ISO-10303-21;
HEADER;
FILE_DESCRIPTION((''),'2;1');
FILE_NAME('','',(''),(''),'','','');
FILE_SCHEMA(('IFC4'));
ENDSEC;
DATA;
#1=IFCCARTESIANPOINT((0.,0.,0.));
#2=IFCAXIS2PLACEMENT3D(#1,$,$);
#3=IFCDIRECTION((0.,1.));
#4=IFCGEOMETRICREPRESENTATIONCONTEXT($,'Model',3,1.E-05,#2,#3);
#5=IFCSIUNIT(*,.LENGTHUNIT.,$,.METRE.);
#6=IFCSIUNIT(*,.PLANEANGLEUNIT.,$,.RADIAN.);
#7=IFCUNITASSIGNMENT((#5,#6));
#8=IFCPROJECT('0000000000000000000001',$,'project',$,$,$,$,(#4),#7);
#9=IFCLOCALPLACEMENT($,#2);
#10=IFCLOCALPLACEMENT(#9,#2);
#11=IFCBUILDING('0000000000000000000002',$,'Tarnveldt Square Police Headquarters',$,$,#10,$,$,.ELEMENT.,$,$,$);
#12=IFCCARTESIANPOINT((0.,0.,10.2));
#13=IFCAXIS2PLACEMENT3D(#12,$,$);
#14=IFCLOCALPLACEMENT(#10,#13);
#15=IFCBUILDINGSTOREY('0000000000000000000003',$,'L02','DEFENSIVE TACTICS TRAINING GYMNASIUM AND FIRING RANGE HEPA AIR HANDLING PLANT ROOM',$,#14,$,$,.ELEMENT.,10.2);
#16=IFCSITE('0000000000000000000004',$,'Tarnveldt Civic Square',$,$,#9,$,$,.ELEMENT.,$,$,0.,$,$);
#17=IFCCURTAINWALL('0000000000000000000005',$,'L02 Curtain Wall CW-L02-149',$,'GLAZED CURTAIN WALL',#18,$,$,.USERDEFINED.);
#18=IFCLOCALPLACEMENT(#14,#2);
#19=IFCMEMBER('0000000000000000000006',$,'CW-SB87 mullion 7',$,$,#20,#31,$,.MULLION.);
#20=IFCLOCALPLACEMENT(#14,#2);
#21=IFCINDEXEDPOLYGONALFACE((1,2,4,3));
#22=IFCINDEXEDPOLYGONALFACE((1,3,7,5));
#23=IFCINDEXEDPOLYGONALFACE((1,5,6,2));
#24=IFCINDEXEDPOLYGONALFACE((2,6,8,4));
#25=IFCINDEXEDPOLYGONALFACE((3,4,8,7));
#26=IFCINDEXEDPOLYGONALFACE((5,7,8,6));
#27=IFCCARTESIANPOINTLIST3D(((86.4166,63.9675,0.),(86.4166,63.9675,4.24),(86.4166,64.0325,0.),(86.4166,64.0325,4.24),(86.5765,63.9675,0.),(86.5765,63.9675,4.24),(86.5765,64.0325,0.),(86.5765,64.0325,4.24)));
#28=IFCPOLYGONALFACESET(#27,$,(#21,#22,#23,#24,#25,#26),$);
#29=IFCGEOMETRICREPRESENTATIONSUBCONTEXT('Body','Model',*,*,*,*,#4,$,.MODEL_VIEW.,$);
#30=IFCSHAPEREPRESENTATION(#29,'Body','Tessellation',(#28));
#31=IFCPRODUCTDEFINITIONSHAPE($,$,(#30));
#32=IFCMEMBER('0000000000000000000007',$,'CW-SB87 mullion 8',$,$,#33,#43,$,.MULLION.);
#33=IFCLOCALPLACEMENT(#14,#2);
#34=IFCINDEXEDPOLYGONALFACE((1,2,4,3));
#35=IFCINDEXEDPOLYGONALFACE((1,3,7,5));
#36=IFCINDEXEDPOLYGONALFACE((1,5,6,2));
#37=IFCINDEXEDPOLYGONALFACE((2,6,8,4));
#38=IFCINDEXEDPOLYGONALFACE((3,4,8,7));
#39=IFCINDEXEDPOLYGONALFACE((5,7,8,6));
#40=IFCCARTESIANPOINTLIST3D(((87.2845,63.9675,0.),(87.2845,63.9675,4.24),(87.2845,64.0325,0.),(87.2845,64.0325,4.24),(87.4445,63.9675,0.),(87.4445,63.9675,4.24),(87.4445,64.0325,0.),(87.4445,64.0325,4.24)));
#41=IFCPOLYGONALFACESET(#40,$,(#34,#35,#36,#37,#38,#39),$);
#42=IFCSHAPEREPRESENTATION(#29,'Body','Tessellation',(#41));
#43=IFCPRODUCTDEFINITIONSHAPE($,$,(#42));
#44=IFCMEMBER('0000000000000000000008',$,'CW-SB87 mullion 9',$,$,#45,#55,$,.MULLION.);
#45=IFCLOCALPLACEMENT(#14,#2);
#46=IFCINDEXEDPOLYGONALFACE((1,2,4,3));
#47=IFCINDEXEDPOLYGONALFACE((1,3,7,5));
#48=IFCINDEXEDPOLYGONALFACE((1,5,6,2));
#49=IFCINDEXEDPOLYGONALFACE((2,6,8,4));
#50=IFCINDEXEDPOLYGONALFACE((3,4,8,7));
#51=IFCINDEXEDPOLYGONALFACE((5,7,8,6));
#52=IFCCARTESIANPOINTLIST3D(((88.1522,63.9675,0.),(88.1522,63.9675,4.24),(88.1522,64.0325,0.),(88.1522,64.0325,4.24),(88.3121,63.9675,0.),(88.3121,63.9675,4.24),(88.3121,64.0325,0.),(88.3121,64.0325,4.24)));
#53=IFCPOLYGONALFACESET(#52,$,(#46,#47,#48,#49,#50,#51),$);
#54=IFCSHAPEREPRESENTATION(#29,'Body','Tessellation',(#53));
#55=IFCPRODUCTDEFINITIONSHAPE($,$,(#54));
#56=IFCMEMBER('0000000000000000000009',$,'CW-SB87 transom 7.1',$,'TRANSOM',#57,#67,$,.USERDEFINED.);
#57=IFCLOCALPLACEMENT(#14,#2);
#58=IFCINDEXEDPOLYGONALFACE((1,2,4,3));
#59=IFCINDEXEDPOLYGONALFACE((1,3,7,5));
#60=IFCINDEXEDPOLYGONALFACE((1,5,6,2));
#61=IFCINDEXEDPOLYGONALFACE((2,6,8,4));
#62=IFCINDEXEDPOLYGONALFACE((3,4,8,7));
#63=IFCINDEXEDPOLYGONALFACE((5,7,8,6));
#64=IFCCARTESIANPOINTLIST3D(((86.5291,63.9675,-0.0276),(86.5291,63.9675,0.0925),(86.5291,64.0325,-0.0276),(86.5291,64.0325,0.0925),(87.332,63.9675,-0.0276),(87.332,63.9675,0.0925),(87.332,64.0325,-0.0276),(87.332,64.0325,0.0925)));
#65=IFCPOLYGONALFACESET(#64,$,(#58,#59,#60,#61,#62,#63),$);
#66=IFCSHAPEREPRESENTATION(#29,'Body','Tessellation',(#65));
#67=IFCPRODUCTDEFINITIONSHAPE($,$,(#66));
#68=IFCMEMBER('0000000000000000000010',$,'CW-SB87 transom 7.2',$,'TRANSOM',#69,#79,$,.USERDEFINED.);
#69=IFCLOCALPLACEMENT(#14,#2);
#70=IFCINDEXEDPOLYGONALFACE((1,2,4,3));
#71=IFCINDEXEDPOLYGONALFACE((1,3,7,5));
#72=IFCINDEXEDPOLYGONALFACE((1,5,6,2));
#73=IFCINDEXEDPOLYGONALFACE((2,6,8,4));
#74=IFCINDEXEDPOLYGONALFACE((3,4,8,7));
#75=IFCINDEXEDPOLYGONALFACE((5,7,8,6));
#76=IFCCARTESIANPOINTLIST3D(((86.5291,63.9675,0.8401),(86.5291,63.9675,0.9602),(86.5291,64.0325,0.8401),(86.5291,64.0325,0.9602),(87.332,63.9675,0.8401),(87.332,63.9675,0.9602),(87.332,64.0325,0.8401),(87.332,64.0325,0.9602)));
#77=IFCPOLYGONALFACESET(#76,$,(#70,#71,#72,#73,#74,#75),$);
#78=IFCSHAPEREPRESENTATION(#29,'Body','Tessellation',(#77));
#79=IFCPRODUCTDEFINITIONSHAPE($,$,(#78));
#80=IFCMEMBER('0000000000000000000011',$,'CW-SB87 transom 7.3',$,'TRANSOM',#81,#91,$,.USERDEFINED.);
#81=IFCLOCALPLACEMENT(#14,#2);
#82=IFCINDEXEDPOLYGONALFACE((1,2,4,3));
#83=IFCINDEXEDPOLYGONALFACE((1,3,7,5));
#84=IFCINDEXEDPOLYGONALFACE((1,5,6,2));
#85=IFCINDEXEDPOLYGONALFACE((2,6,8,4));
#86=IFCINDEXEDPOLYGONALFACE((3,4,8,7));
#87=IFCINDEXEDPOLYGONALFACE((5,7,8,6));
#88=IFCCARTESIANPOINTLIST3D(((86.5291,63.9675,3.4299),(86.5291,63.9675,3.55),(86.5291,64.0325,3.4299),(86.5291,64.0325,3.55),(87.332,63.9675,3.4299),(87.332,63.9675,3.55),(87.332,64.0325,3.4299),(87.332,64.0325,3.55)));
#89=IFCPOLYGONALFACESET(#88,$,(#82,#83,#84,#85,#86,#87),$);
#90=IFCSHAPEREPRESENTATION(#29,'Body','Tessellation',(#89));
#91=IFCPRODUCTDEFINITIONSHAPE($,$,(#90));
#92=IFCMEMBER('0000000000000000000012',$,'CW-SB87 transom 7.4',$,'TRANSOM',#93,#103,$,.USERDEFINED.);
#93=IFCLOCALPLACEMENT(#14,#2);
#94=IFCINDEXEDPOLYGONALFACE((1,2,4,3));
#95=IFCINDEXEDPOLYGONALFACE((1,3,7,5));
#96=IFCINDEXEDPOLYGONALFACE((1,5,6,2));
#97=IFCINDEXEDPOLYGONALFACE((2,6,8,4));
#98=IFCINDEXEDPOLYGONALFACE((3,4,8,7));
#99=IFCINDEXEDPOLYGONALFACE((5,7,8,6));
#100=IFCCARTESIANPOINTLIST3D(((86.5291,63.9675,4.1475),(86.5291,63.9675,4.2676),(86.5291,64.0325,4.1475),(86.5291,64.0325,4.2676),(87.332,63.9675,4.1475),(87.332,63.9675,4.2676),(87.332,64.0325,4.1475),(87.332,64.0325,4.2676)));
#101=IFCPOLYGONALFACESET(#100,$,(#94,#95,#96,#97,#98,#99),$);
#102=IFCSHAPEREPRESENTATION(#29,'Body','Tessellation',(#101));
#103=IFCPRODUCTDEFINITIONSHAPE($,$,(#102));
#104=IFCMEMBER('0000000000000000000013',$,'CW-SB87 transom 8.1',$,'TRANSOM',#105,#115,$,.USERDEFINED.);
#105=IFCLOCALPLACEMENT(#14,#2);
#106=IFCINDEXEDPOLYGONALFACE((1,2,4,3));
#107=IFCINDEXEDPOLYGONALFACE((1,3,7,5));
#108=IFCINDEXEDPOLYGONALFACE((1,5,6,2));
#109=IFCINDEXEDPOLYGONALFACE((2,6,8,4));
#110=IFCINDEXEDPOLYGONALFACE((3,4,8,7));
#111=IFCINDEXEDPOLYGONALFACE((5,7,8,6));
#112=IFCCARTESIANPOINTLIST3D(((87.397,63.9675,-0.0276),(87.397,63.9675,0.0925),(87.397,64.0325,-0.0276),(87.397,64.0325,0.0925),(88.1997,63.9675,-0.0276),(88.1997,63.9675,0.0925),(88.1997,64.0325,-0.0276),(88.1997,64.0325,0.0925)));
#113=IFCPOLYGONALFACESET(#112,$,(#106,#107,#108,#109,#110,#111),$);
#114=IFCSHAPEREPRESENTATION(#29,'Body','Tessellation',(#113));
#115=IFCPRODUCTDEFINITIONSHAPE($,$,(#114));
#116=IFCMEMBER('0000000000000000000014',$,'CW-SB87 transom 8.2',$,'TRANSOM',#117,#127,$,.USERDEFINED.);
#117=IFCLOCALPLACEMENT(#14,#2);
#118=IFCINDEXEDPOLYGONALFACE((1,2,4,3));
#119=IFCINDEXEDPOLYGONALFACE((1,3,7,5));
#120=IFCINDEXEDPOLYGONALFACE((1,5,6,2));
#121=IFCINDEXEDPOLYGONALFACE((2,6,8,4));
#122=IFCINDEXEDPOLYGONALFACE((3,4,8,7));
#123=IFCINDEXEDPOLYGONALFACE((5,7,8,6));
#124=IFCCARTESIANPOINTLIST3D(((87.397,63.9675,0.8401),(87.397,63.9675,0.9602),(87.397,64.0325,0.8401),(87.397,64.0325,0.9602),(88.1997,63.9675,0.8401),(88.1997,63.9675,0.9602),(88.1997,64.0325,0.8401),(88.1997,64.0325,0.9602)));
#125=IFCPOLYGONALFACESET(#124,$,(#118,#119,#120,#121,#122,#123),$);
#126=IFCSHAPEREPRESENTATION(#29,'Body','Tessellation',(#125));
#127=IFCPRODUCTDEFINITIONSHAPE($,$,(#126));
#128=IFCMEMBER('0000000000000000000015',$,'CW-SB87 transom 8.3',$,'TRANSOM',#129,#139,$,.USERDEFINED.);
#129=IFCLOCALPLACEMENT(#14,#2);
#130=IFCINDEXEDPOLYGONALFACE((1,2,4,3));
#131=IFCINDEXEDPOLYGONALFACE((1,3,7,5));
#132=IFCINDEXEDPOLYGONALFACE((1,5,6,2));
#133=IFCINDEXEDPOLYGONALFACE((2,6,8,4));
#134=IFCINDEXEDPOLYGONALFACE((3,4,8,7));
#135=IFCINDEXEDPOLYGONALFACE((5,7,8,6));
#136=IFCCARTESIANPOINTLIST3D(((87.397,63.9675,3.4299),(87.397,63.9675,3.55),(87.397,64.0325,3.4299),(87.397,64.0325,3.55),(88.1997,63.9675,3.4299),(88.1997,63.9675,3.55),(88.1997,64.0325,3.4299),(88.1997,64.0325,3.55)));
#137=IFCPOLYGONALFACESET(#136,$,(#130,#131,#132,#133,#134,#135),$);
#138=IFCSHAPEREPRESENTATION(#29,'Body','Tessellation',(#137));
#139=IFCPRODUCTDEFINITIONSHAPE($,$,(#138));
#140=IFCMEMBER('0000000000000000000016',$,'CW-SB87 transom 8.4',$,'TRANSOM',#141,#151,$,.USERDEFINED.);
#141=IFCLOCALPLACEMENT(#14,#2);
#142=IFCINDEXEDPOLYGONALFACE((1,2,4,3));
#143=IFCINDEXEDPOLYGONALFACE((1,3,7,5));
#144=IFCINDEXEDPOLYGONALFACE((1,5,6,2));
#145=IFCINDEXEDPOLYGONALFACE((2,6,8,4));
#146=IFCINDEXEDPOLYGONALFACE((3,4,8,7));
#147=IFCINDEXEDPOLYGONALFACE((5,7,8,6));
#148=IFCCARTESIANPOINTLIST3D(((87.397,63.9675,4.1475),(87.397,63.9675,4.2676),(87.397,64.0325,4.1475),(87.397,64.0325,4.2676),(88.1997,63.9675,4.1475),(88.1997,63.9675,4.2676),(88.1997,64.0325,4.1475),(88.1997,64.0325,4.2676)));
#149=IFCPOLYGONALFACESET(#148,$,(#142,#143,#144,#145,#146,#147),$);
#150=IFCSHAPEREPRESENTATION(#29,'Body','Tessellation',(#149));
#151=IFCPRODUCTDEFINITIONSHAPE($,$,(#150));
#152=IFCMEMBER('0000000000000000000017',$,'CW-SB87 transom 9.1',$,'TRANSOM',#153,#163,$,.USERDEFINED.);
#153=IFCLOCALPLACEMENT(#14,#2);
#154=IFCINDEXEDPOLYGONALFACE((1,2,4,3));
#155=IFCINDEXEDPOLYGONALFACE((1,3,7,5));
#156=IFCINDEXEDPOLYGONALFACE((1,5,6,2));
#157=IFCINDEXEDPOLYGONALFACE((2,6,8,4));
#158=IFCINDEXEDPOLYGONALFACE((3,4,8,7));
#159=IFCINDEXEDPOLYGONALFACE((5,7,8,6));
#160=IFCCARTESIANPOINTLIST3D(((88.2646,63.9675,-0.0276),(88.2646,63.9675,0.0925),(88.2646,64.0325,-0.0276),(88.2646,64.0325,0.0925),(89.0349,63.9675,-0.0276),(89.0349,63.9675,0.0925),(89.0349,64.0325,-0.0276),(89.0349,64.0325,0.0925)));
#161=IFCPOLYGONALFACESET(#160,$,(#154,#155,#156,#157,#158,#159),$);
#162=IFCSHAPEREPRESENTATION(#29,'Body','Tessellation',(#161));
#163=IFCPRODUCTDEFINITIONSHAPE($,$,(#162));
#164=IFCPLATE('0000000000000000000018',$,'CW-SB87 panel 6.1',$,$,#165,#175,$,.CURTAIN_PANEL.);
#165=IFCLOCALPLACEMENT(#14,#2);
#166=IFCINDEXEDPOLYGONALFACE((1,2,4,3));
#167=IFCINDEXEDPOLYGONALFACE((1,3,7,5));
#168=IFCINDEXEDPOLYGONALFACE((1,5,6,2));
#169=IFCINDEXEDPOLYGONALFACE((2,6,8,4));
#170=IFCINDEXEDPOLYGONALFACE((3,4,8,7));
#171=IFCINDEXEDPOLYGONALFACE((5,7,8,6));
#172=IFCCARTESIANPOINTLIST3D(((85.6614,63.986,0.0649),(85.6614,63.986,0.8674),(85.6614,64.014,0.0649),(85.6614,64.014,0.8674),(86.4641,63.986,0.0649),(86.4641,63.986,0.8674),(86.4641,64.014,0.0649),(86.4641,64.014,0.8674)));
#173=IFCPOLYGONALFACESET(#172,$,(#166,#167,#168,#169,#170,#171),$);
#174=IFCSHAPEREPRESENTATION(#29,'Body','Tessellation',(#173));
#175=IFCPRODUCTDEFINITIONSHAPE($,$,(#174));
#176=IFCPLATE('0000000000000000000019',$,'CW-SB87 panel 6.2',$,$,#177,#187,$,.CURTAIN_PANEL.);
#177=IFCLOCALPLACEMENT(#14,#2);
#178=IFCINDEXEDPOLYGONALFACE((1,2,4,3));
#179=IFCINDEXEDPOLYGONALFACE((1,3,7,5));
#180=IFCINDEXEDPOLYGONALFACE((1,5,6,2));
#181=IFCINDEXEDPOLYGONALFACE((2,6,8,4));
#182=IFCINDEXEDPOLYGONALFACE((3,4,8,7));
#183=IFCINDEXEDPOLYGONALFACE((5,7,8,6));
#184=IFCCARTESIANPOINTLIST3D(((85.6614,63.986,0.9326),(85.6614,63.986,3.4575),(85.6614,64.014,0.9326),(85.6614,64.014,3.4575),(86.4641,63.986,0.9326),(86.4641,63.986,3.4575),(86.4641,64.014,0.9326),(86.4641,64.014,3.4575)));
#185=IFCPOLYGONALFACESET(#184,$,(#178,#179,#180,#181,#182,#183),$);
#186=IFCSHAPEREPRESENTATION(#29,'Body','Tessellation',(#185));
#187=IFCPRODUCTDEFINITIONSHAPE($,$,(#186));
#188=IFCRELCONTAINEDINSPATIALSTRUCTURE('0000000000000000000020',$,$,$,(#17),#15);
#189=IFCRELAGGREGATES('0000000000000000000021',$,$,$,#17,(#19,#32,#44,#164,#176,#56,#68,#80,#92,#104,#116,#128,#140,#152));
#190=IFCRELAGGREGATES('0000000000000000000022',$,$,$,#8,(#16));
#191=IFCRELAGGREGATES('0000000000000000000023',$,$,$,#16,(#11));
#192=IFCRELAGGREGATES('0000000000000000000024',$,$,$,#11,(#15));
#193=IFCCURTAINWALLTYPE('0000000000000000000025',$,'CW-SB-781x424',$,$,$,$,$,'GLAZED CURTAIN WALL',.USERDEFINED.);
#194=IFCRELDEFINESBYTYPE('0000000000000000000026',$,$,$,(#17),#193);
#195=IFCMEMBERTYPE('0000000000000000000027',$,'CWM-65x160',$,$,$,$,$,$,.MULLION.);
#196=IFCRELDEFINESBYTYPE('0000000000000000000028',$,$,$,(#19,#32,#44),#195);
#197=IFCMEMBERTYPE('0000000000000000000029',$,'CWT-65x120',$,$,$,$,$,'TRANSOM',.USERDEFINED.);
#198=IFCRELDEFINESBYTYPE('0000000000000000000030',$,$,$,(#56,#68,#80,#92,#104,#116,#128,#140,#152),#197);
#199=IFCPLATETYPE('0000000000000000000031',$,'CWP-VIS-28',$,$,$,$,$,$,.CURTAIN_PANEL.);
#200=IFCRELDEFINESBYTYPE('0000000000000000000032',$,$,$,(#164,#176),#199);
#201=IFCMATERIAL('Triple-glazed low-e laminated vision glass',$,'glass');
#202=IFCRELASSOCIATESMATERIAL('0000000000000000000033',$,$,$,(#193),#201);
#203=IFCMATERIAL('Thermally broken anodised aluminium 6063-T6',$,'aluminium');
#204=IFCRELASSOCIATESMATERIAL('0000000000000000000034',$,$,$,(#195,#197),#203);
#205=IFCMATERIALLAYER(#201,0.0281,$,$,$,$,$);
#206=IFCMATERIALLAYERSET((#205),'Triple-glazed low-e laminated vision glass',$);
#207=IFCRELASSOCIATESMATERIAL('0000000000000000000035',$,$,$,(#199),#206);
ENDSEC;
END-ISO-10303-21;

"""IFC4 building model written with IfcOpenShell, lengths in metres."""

from ifc_helpers import new_model, si_unit, direction, frame, origin, origin_2d, place, context, subcontext, project, spatial, rectangle, extrude, material, layer, layer_set, material_profile, profile_set, type_object, element, aggregate, save


model = new_model("IFC4")

# Units and contexts
model_context = context("Model", 3, precision=1e-05, world=origin(), true_north=direction((0.0, 1.0)))
body_context = subcontext(model_context, "Body", "Model", "MODEL_VIEW")
ifc_project = project(units=[si_unit("LENGTHUNIT", "METRE"), si_unit("PLANEANGLEUNIT", "RADIAN")], contexts=[model_context])

# Site, building, storey
site_placement = place(None, origin())
site = spatial("IfcSite", under=ifc_project, at=site_placement, Name="Tarnveldt Civic Square", CompositionType="ELEMENT", RefElevation=0.0)
building_placement = place(site_placement, origin())
building = spatial("IfcBuilding", under=site, at=building_placement, Name="Tarnveldt Square Police Headquarters", CompositionType="ELEMENT")
storey_placement = place(building_placement, frame((0.0, 0.0, 10.2)))
storey = spatial("IfcBuildingStorey", under=building, at=storey_placement, Name="L02", Description="DEFENSIVE TACTICS TRAINING GYMNASIUM AND FIRING RANGE HEPA AIR HANDLING PLANT ROOM", CompositionType="ELEMENT", Elevation=10.2)

# Curtain wall, members, plates
ifc_material_1 = material(Name="Triple-glazed low-e laminated vision glass", Category="glass")
curtain_wall_type = type_object("IfcCurtainWallType", Name="CW-SB-781x424", ElementType="GLAZED CURTAIN WALL", PredefinedType="USERDEFINED", material=ifc_material_1)
curtain_wall_placement = place(storey_placement, origin())
curtain_wall = element("IfcCurtainWall", 1, at=curtain_wall_placement, inside=storey, type_object=curtain_wall_type, Name="L02 Curtain Wall CW-L02-149", ObjectType="GLAZED CURTAIN WALL", PredefinedType="USERDEFINED")
ifc_material_2 = material(Name="Thermally broken anodised aluminium 6063-T6", Category="aluminium")
ifc_material_profile_1 = material_profile(ifc_material_2, rectangle(XDim=0.0649, YDim=0.1599, at=origin_2d()), Name="CW-M65x160")
ifc_profile_set_1 = profile_set([ifc_material_profile_1], Name="Thermally broken anodised aluminium 6063-T6")
member_type_1 = type_object("IfcMemberType", Name="CWM-65x160", PredefinedType="MULLION", material=ifc_profile_set_1)
member_1_placement = place(storey_placement, frame((86.4966, 64.0, 0.0), z_axis=(0.0, 0.0, 1.0), x_axis=(0.0, 1.0, 0.0)))
member_1 = element("IfcMember", 2, at=member_1_placement, type_object=member_type_1, Name="CW-SB87 mullion 7", PredefinedType="MULLION", context=body_context, shape_type="SweptSolid", body=[
    extrude(rectangle(XDim=0.0649, YDim=0.1599, at=origin_2d()), origin(), (0.0, 0.0, 1.0), 4.24),
])
member_2_placement = place(storey_placement, frame((87.3645, 64.0, 0.0), z_axis=(0.0, 0.0, 1.0), x_axis=(0.0, 1.0, 0.0)))
member_2 = element("IfcMember", 3, at=member_2_placement, type_object=member_type_1, Name="CW-SB87 mullion 8", PredefinedType="MULLION", context=body_context, shape_type="SweptSolid", body=[
    extrude(rectangle(XDim=0.0649, YDim=0.1599, at=origin_2d()), origin(), (0.0, 0.0, 1.0), 4.24),
])
member_3_placement = place(storey_placement, frame((88.2322, 64.0, 0.0), z_axis=(0.0, 0.0, 1.0), x_axis=(0.0, 1.0, 0.0)))
member_3 = element("IfcMember", 4, at=member_3_placement, type_object=member_type_1, Name="CW-SB87 mullion 9", PredefinedType="MULLION", context=body_context, shape_type="SweptSolid", body=[
    extrude(rectangle(XDim=0.0649, YDim=0.1599, at=origin_2d()), origin(), (0.0, 0.0, 1.0), 4.24),
])
ifc_material_profile_2 = material_profile(ifc_material_2, rectangle(XDim=0.0649, YDim=0.1201, at=origin_2d()), Name="CW-T65x120")
ifc_profile_set_2 = profile_set([ifc_material_profile_2], Name="Thermally broken anodised aluminium 6063-T6")
member_type_2 = type_object("IfcMemberType", Name="CWT-65x120", ElementType="TRANSOM", PredefinedType="USERDEFINED", material=ifc_profile_set_2)
member_4_placement = place(storey_placement, frame((86.5291, 64.0, 0.0325), z_axis=(1.0, 0.0, 0.0), x_axis=(0.0, 1.0, 0.0)))
member_4 = element("IfcMember", 5, at=member_4_placement, type_object=member_type_2, Name="CW-SB87 transom 7.1", ObjectType="TRANSOM", PredefinedType="USERDEFINED", context=body_context, shape_type="SweptSolid", body=[
    extrude(rectangle(XDim=0.0649, YDim=0.1201, at=origin_2d()), origin(), (0.0, 0.0, 1.0), 0.803),
])
member_5_placement = place(storey_placement, frame((86.5291, 64.0, 0.9001), z_axis=(1.0, 0.0, 0.0), x_axis=(0.0, 1.0, 0.0)))
member_5 = element("IfcMember", 6, at=member_5_placement, type_object=member_type_2, Name="CW-SB87 transom 7.2", ObjectType="TRANSOM", PredefinedType="USERDEFINED", context=body_context, shape_type="SweptSolid", body=[
    extrude(rectangle(XDim=0.0649, YDim=0.1201, at=origin_2d()), origin(), (0.0, 0.0, 1.0), 0.803),
])
member_6_placement = place(storey_placement, frame((86.5291, 64.0, 3.49), z_axis=(1.0, 0.0, 0.0), x_axis=(0.0, 1.0, 0.0)))
member_6 = element("IfcMember", 7, at=member_6_placement, type_object=member_type_2, Name="CW-SB87 transom 7.3", ObjectType="TRANSOM", PredefinedType="USERDEFINED", context=body_context, shape_type="SweptSolid", body=[
    extrude(rectangle(XDim=0.0649, YDim=0.1201, at=origin_2d()), origin(), (0.0, 0.0, 1.0), 0.803),
])
member_7_placement = place(storey_placement, frame((86.5291, 64.0, 4.2075), z_axis=(1.0, 0.0, 0.0), x_axis=(0.0, 1.0, 0.0)))
member_7 = element("IfcMember", 8, at=member_7_placement, type_object=member_type_2, Name="CW-SB87 transom 7.4", ObjectType="TRANSOM", PredefinedType="USERDEFINED", context=body_context, shape_type="SweptSolid", body=[
    extrude(rectangle(XDim=0.0649, YDim=0.1201, at=origin_2d()), origin(), (0.0, 0.0, 1.0), 0.803),
])
member_8_placement = place(storey_placement, frame((87.397, 64.0, 0.0325), z_axis=(1.0, 0.0, 0.0), x_axis=(0.0, 1.0, 0.0)))
member_8 = element("IfcMember", 9, at=member_8_placement, type_object=member_type_2, Name="CW-SB87 transom 8.1", ObjectType="TRANSOM", PredefinedType="USERDEFINED", context=body_context, shape_type="SweptSolid", body=[
    extrude(rectangle(XDim=0.0649, YDim=0.1201, at=origin_2d()), origin(), (0.0, 0.0, 1.0), 0.8027),
])
member_9_placement = place(storey_placement, frame((87.397, 64.0, 0.9001), z_axis=(1.0, 0.0, 0.0), x_axis=(0.0, 1.0, 0.0)))
member_9 = element("IfcMember", 10, at=member_9_placement, type_object=member_type_2, Name="CW-SB87 transom 8.2", ObjectType="TRANSOM", PredefinedType="USERDEFINED", context=body_context, shape_type="SweptSolid", body=[
    extrude(rectangle(XDim=0.0649, YDim=0.1201, at=origin_2d()), origin(), (0.0, 0.0, 1.0), 0.8027),
])
member_10_placement = place(storey_placement, frame((87.397, 64.0, 3.49), z_axis=(1.0, 0.0, 0.0), x_axis=(0.0, 1.0, 0.0)))
member_10 = element("IfcMember", 11, at=member_10_placement, type_object=member_type_2, Name="CW-SB87 transom 8.3", ObjectType="TRANSOM", PredefinedType="USERDEFINED", context=body_context, shape_type="SweptSolid", body=[
    extrude(rectangle(XDim=0.0649, YDim=0.1201, at=origin_2d()), origin(), (0.0, 0.0, 1.0), 0.8027),
])
member_11_placement = place(storey_placement, frame((87.397, 64.0, 4.2075), z_axis=(1.0, 0.0, 0.0), x_axis=(0.0, 1.0, 0.0)))
member_11 = element("IfcMember", 12, at=member_11_placement, type_object=member_type_2, Name="CW-SB87 transom 8.4", ObjectType="TRANSOM", PredefinedType="USERDEFINED", context=body_context, shape_type="SweptSolid", body=[
    extrude(rectangle(XDim=0.0649, YDim=0.1201, at=origin_2d()), origin(), (0.0, 0.0, 1.0), 0.8027),
])
member_12_placement = place(storey_placement, frame((88.2646, 64.0, 0.0325), z_axis=(1.0, 0.0, 0.0), x_axis=(0.0, 1.0, 0.0)))
member_12 = element("IfcMember", 13, at=member_12_placement, type_object=member_type_2, Name="CW-SB87 transom 9.1", ObjectType="TRANSOM", PredefinedType="USERDEFINED", context=body_context, shape_type="SweptSolid", body=[
    extrude(rectangle(XDim=0.0649, YDim=0.1201, at=origin_2d()), origin(), (0.0, 0.0, 1.0), 0.7703),
])
ifc_layer = layer(ifc_material_1, 0.0281)
ifc_layer_set = layer_set([ifc_layer], Name="Triple-glazed low-e laminated vision glass")
plate_type = type_object("IfcPlateType", Name="CWP-VIS-28", PredefinedType="CURTAIN_PANEL", material=ifc_layer_set)
plate_1_placement = place(storey_placement, frame((86.0627, 64.0, 0.0649), z_axis=(0.0, 0.0, 1.0), x_axis=(1.0, 0.0, 0.0)))
plate_1 = element("IfcPlate", 14, at=plate_1_placement, type_object=plate_type, Name="CW-SB87 panel 6.1", PredefinedType="CURTAIN_PANEL", context=body_context, shape_type="SweptSolid", body=[
    extrude(rectangle(XDim=0.8027, YDim=0.0281, at=origin_2d()), origin(), (0.0, 0.0, 1.0), 0.8025),
])
plate_2_placement = place(storey_placement, frame((86.0627, 64.0, 0.9326), z_axis=(0.0, 0.0, 1.0), x_axis=(1.0, 0.0, 0.0)))
plate_2 = element("IfcPlate", 15, at=plate_2_placement, type_object=plate_type, Name="CW-SB87 panel 6.2", PredefinedType="CURTAIN_PANEL", context=body_context, shape_type="SweptSolid", body=[
    extrude(rectangle(XDim=0.8027, YDim=0.0281, at=origin_2d()), origin(), (0.0, 0.0, 1.0), 2.5249),
])
aggregate(curtain_wall, [member_1, member_2, member_3, plate_1, plate_2, member_4, member_5, member_6, member_7, member_8, member_9, member_10, member_11, member_12])

save(model, "model.ifc")
